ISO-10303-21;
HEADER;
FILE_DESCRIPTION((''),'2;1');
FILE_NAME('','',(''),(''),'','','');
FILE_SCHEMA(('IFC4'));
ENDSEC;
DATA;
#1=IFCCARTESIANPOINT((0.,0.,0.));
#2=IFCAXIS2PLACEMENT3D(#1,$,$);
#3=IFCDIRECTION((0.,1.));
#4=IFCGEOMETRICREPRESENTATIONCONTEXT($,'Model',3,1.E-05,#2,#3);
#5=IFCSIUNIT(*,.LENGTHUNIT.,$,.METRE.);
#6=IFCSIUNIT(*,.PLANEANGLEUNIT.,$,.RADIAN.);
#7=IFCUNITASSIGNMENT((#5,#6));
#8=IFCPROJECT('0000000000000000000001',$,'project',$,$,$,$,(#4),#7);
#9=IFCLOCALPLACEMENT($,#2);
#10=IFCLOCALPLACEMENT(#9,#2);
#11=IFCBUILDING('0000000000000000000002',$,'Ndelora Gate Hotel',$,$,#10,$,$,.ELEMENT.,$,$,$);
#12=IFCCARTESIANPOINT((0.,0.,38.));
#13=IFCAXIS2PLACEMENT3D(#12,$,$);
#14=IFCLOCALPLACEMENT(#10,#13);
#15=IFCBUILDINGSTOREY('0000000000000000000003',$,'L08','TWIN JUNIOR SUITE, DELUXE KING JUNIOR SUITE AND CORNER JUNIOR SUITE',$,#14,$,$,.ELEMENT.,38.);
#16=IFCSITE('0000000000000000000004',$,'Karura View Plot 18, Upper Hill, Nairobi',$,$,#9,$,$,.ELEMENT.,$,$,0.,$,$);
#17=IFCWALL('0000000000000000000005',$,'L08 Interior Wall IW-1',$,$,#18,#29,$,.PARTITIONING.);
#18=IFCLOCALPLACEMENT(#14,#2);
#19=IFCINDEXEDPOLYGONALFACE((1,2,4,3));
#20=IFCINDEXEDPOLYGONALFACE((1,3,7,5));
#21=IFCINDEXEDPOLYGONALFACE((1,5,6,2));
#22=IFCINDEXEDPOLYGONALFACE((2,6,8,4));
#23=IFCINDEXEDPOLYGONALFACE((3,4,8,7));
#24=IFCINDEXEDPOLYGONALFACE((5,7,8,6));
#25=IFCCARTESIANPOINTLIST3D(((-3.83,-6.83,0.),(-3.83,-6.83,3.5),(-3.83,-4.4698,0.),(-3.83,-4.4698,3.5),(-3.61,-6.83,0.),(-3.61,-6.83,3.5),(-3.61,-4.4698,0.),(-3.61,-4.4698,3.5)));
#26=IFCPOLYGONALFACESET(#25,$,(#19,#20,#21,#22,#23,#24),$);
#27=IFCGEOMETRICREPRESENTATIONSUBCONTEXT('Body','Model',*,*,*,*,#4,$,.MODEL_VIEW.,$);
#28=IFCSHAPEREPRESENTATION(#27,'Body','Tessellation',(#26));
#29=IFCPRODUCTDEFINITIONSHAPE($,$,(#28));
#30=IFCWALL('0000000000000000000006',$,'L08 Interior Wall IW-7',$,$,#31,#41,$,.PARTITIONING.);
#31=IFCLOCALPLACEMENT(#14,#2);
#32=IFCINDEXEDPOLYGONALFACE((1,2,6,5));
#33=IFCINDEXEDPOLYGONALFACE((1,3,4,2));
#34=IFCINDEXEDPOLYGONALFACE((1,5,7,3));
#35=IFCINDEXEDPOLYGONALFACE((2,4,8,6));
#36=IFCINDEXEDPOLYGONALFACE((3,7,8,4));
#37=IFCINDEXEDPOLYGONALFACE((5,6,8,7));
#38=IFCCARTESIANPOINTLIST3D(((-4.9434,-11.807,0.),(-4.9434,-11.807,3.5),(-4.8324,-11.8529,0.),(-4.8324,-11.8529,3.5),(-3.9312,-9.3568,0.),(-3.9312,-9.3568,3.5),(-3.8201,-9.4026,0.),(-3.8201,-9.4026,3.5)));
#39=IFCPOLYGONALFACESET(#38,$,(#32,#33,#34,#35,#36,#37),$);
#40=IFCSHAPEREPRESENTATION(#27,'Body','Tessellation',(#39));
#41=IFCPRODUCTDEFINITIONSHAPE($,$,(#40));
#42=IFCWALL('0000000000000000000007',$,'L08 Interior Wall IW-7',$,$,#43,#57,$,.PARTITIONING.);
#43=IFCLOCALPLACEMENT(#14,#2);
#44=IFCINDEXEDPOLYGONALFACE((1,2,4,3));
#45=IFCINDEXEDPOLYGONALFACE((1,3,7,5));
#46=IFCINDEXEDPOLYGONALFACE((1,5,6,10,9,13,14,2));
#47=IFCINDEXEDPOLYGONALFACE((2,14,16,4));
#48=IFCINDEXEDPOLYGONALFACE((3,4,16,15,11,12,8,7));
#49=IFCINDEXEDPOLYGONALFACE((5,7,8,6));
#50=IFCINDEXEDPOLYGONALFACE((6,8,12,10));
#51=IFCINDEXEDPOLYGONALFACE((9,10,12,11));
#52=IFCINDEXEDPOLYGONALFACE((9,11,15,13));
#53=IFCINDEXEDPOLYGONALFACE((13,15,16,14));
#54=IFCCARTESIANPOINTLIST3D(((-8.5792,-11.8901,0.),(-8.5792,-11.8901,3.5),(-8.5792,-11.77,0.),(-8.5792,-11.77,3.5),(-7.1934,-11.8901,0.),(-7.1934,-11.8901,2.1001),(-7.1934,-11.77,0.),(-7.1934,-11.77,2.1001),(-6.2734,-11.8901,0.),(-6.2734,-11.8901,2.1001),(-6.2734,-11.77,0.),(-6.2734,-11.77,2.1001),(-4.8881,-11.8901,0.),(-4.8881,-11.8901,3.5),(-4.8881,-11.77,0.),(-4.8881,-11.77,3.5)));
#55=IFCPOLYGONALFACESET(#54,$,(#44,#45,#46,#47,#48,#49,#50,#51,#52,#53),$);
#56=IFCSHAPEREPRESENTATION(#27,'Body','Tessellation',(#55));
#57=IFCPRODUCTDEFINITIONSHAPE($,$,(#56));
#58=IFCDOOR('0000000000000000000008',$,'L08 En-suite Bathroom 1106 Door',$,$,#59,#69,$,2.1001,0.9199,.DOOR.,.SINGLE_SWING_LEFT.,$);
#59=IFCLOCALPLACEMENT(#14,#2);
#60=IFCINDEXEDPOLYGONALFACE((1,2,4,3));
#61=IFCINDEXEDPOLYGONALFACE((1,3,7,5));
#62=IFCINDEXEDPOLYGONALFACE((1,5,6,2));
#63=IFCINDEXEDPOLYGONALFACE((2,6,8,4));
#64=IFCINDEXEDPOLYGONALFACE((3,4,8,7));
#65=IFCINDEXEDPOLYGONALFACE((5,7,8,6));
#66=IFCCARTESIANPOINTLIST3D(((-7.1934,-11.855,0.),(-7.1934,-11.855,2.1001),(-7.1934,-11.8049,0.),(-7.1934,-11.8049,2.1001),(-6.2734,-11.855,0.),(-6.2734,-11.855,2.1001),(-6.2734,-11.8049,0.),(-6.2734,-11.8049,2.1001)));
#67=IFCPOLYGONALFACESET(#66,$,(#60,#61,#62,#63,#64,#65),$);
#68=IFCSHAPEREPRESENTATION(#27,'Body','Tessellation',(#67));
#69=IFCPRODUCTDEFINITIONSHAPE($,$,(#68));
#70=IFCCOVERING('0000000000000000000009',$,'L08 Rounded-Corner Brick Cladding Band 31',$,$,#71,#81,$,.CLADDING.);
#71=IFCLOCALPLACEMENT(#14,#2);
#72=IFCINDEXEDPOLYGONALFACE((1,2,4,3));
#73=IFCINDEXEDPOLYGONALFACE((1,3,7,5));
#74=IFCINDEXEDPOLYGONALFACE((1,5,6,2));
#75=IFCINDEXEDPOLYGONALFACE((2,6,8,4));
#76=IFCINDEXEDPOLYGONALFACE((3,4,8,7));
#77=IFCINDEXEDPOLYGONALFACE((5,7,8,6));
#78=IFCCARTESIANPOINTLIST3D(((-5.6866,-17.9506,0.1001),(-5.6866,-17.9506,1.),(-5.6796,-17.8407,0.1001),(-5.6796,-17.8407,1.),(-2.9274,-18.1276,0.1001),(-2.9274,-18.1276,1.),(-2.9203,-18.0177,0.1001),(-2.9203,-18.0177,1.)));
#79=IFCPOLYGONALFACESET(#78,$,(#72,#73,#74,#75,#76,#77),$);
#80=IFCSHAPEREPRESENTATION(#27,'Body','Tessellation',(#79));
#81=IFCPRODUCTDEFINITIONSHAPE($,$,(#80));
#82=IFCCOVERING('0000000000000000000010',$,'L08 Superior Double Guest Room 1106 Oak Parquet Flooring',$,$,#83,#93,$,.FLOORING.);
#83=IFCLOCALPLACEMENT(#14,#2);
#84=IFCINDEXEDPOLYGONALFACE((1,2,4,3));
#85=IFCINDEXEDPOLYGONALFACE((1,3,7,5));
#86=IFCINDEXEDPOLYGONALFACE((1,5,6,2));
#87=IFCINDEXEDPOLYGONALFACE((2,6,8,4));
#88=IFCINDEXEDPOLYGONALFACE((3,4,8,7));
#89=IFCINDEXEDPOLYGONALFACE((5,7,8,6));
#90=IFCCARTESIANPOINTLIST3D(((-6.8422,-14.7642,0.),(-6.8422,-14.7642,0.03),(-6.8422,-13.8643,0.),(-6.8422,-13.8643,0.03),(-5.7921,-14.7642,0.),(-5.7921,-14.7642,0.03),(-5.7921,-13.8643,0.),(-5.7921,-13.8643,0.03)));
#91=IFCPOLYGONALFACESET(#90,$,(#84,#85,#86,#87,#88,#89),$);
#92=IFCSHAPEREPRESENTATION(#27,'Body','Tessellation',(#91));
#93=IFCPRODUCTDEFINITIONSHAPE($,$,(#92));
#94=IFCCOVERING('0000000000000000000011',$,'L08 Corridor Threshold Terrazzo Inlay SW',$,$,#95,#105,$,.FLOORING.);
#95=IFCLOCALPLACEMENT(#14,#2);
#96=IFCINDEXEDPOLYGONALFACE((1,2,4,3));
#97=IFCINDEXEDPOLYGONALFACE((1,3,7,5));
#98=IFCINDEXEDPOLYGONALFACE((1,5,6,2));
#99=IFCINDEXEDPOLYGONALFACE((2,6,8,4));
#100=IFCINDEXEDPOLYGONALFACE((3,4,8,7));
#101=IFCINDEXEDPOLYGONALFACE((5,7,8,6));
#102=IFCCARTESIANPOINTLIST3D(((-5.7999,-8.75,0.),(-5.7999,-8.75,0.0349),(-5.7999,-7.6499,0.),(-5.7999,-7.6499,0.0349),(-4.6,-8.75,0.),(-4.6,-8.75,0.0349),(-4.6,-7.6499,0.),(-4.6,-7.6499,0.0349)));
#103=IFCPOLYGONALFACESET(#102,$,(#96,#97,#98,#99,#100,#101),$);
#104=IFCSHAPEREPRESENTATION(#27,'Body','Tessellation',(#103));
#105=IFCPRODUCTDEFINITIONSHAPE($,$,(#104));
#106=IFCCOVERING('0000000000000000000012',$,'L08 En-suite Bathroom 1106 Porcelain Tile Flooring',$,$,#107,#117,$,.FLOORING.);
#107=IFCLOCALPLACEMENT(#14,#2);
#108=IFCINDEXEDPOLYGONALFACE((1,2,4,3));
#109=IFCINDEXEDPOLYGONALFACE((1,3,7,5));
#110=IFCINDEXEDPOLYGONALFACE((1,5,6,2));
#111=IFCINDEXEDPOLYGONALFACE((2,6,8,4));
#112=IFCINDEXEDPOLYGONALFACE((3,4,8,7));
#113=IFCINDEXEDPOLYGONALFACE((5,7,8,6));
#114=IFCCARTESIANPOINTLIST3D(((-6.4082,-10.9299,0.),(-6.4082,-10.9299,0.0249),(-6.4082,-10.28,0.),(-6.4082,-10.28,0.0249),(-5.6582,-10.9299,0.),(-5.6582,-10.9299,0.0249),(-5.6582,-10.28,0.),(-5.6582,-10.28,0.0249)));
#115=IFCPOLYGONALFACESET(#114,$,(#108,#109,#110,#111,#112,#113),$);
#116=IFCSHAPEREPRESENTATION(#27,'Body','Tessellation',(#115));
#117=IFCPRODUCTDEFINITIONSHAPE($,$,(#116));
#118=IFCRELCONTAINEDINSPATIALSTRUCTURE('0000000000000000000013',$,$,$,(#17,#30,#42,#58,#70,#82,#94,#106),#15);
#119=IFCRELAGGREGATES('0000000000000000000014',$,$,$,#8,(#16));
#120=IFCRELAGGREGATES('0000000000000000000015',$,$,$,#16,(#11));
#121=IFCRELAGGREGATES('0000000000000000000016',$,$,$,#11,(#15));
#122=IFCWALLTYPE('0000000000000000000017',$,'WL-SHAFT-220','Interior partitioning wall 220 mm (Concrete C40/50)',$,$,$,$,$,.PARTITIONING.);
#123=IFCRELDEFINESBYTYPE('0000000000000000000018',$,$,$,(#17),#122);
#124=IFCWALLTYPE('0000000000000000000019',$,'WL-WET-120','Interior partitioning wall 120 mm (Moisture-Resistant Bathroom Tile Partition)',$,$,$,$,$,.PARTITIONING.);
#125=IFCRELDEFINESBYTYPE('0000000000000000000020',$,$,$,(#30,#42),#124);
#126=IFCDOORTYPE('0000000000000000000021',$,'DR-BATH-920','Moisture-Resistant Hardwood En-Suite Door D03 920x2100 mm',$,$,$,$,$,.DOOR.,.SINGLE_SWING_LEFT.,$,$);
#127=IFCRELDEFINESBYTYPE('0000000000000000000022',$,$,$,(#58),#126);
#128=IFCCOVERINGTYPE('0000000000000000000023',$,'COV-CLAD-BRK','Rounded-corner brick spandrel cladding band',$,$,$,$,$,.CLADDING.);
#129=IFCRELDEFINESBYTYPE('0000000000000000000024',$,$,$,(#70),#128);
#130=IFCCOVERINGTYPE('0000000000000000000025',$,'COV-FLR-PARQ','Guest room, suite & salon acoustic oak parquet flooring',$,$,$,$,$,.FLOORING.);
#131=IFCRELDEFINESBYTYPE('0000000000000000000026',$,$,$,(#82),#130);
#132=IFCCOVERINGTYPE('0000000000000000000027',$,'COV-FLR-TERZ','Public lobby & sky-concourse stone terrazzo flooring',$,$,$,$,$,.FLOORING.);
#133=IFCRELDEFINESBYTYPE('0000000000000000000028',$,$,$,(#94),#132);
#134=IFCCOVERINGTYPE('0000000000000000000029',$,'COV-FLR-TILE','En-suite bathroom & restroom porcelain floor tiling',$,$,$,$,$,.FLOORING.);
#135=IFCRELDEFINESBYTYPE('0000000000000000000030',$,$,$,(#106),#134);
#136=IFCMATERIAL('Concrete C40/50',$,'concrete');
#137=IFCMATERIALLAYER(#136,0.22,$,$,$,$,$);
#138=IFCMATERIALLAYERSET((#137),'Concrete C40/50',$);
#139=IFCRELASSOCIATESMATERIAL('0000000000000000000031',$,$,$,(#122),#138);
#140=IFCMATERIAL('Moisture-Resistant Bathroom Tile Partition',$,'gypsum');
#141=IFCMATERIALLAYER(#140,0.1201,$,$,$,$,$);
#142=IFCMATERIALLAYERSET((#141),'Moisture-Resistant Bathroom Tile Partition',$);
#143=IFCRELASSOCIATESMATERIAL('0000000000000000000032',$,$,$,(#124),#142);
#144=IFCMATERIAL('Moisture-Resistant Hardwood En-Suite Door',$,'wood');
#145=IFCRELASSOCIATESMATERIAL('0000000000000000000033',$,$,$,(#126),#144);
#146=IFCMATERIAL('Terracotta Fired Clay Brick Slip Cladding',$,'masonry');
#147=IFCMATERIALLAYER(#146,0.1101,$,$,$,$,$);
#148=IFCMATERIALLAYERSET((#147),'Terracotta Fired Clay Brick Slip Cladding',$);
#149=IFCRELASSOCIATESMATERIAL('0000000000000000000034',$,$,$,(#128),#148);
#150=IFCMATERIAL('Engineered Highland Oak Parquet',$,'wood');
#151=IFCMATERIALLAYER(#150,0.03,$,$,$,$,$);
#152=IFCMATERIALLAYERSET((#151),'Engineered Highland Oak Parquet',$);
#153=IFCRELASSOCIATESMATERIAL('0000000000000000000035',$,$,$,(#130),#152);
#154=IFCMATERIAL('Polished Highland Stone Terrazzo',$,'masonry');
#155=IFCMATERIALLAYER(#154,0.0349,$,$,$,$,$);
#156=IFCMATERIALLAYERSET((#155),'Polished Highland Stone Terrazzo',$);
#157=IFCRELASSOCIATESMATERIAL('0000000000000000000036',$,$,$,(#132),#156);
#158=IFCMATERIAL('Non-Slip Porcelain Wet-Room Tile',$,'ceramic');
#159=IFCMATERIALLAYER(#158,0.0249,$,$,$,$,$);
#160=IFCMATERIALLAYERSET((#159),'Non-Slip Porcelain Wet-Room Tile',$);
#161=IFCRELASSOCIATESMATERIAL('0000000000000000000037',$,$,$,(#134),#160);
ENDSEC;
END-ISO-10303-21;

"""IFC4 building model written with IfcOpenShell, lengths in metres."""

from ifc_helpers import new_model, si_unit, direction, frame, frame_2d, origin, origin_2d, place, context, subcontext, project, spatial, rectangle, extrude, material, layer, layer_set, type_object, element, fill, save


model = new_model("IFC4")

# Units and contexts
model_context = context("Model", 3, precision=1e-05, world=origin(), true_north=direction((0.0, 1.0)))
body_context = subcontext(model_context, "Body", "Model", "MODEL_VIEW")
ifc_project = project(units=[si_unit("LENGTHUNIT", "METRE"), si_unit("PLANEANGLEUNIT", "RADIAN")], contexts=[model_context])

# Site, building, storey
site_placement = place(None, origin())
site = spatial("IfcSite", under=ifc_project, at=site_placement, Name="Karura View Plot 18, Upper Hill, Nairobi", CompositionType="ELEMENT", RefElevation=0.0)
building_placement = place(site_placement, origin())
building = spatial("IfcBuilding", under=site, at=building_placement, Name="Ndelora Gate Hotel", CompositionType="ELEMENT")
storey_placement = place(building_placement, frame((0.0, 0.0, 38.0)))
storey = spatial("IfcBuildingStorey", under=building, at=storey_placement, Name="L08", Description="TWIN JUNIOR SUITE, DELUXE KING JUNIOR SUITE AND CORNER JUNIOR SUITE", CompositionType="ELEMENT", Elevation=38.0)

# Shared definitions
ifc_material_1 = material(Name="Concrete C40/50", Category="concrete")

# Shared definitions
ifc_layer_1 = layer(ifc_material_1, 0.22)
ifc_layer_set_1 = layer_set([ifc_layer_1], Name="Concrete C40/50")
wall_type_1 = type_object("IfcWallType", Name="WL-SHAFT-220", Description="Interior partitioning wall 220 mm (Concrete C40/50)", PredefinedType="PARTITIONING", material=ifc_layer_set_1)

# Wall
wall_1_placement = place(storey_placement, frame((-3.72, -6.8301, 0.0), z_axis=(0.0, 0.0, 1.0), x_axis=(0.0, 1.0, 0.0)))
element("IfcWall", 1, at=wall_1_placement, inside=storey, type_object=wall_type_1, Name="L08 Interior Wall IW-1", PredefinedType="PARTITIONING", context=body_context, shape_type="SweptSolid", body=[
    extrude(rectangle(XDim=2.3601, YDim=0.22, at=frame_2d((1.1802, 0.0))), origin(), (0.0, 0.0, 1.0), 3.5),
])

# Wall
ifc_material_2 = material(Name="Moisture-Resistant Bathroom Tile Partition", Category="gypsum")
ifc_layer_2 = layer(ifc_material_2, 0.1201)
ifc_layer_set_2 = layer_set([ifc_layer_2], Name="Moisture-Resistant Bathroom Tile Partition")
wall_type_2 = type_object("IfcWallType", Name="WL-WET-120", Description="Interior partitioning wall 120 mm (Moisture-Resistant Bathroom Tile Partition)", PredefinedType="PARTITIONING", material=ifc_layer_set_2)
wall_2_placement = place(storey_placement, frame((-4.8879, -11.8301, 0.0), z_axis=(0.0, 0.0, 1.0), x_axis=(0.381815, 0.924239, 0.0)))
element("IfcWall", 2, at=wall_2_placement, inside=storey, type_object=wall_type_2, Name="L08 Interior Wall IW-7", PredefinedType="PARTITIONING", context=body_context, shape_type="SweptSolid", body=[
    extrude(rectangle(XDim=2.6511, YDim=0.1201, at=frame_2d((1.3257, 0.0))), origin(), (0.0, 0.0, 1.0), 3.5),
])

# Wall, opening, door
wall_3_placement = place(storey_placement, frame((-4.8879, -11.8301, 0.0), z_axis=(0.0, 0.0, 1.0), x_axis=(-1.0, 0.0, 0.0)))
wall_3 = element("IfcWall", 3, at=wall_3_placement, inside=storey, type_object=wall_type_2, Name="L08 Interior Wall IW-7", PredefinedType="PARTITIONING", context=body_context, shape_type="SweptSolid", body=[
    extrude(rectangle(XDim=3.6912, YDim=0.1201, at=frame_2d((1.8457, 0.0))), origin(), (0.0, 0.0, 1.0), 3.5),
])
opening_1_placement = place(wall_3_placement, frame((1.3855, 0.0, 0.0)))
opening_1 = element("IfcOpeningElement", 4, at=opening_1_placement, cuts=wall_3, PredefinedType="OPENING", context=body_context, shape_type="SweptSolid", body=[
    extrude(rectangle(XDim=0.9199, YDim=2.1001, at=frame_2d((0.46, 1.05))), frame((0.0, 0.0701, 0.0), z_axis=(0.0, -1.0, 0.0), x_axis=(1.0, 0.0, 0.0)), (0.0, 0.0, 1.0), 0.1401),
])
ifc_material_3 = material(Name="Moisture-Resistant Hardwood En-Suite Door", Category="wood")
door_type_1 = type_object("IfcDoorType", Name="DR-BATH-920", Description="Moisture-Resistant Hardwood En-Suite Door D03 920x2100 mm", OperationType="SINGLE_SWING_LEFT", PredefinedType="DOOR", material=ifc_material_3)
door_1_placement = place(opening_1_placement, origin())
door_1 = element("IfcDoor", 5, at=door_1_placement, inside=storey, type_object=door_type_1, Name="L08 En-suite Bathroom 1106 Door", OperationType="SINGLE_SWING_LEFT", OverallHeight=2.1001, OverallWidth=0.9199, PredefinedType="DOOR", context=body_context, shape_type="SweptSolid", body=[
    extrude(rectangle(XDim=0.9199, YDim=2.1001, at=frame_2d((0.46, 1.05))), frame((0.0, 0.0249, 0.0), z_axis=(0.0, -1.0, 0.0), x_axis=(1.0, 0.0, 0.0)), (0.0, 0.0, 1.0), 0.05),
])
fill(opening_1, door_1)

# Coverings
ifc_material_4 = material(Name="Terracotta Fired Clay Brick Slip Cladding", Category="masonry")
ifc_layer_3 = layer(ifc_material_4, 0.1101)
ifc_layer_set_3 = layer_set([ifc_layer_3], Name="Terracotta Fired Clay Brick Slip Cladding")
covering_type_1 = type_object("IfcCoveringType", Name="COV-CLAD-BRK", Description="Rounded-corner brick spandrel cladding band", PredefinedType="CLADDING", material=ifc_layer_set_3)
covering_1_placement = place(storey_placement, frame((-4.3035, -17.9841, 0.1001), z_axis=(0.0, 0.0, 1.0), x_axis=(-0.997949, 0.06401, 0.0)))
element("IfcCovering", 6, at=covering_1_placement, inside=storey, type_object=covering_type_1, Name="L08 Rounded-Corner Brick Cladding Band 31", PredefinedType="CLADDING", context=body_context, shape_type="SweptSolid", body=[
    extrude(rectangle(XDim=2.7649, YDim=0.1101, at=origin_2d()), origin(), (0.0, 0.0, 1.0), 0.8999),
])
ifc_material_5 = material(Name="Engineered Highland Oak Parquet", Category="wood")
ifc_layer_4 = layer(ifc_material_5, 0.03)
ifc_layer_set_4 = layer_set([ifc_layer_4], Name="Engineered Highland Oak Parquet")
covering_type_2 = type_object("IfcCoveringType", Name="COV-FLR-PARQ", Description="Guest room, suite & salon acoustic oak parquet flooring", PredefinedType="FLOORING", material=ifc_layer_set_4)
covering_2_placement = place(storey_placement, frame((-6.3171, -14.3142, 0.0), z_axis=(0.0, 0.0, 1.0), x_axis=(1.0, 0.0, 0.0)))
element("IfcCovering", 7, at=covering_2_placement, inside=storey, type_object=covering_type_2, Name="L08 Superior Double Guest Room 1106 Oak Parquet Flooring", PredefinedType="FLOORING", context=body_context, shape_type="SweptSolid", body=[
    extrude(rectangle(XDim=1.05, YDim=0.8999, at=origin_2d()), origin(), (0.0, 0.0, 1.0), 0.03),
])
ifc_material_6 = material(Name="Polished Highland Stone Terrazzo", Category="masonry")
ifc_layer_5 = layer(ifc_material_6, 0.0349)
ifc_layer_set_5 = layer_set([ifc_layer_5], Name="Polished Highland Stone Terrazzo")
covering_type_3 = type_object("IfcCoveringType", Name="COV-FLR-TERZ", Description="Public lobby & sky-concourse stone terrazzo flooring", PredefinedType="FLOORING", material=ifc_layer_set_5)
covering_3_placement = place(storey_placement, frame((-5.2, -8.2, 0.0), z_axis=(0.0, 0.0, 1.0), x_axis=(1.0, 0.0, 0.0)))
element("IfcCovering", 8, at=covering_3_placement, inside=storey, type_object=covering_type_3, Name="L08 Corridor Threshold Terrazzo Inlay SW", PredefinedType="FLOORING", context=body_context, shape_type="SweptSolid", body=[
    extrude(rectangle(XDim=1.2, YDim=1.1001, at=origin_2d()), origin(), (0.0, 0.0, 1.0), 0.0349),
])
ifc_material_7 = material(Name="Non-Slip Porcelain Wet-Room Tile", Category="ceramic")
ifc_layer_6 = layer(ifc_material_7, 0.0249)
ifc_layer_set_6 = layer_set([ifc_layer_6], Name="Non-Slip Porcelain Wet-Room Tile")
covering_type_4 = type_object("IfcCoveringType", Name="COV-FLR-TILE", Description="En-suite bathroom & restroom porcelain floor tiling", PredefinedType="FLOORING", material=ifc_layer_set_6)
covering_4_placement = place(storey_placement, frame((-6.0332, -10.605, 0.0), z_axis=(0.0, 0.0, 1.0), x_axis=(1.0, 0.0, 0.0)))
element("IfcCovering", 9, at=covering_4_placement, inside=storey, type_object=covering_type_4, Name="L08 En-suite Bathroom 1106 Porcelain Tile Flooring", PredefinedType="FLOORING", context=body_context, shape_type="SweptSolid", body=[
    extrude(rectangle(XDim=0.75, YDim=0.6499, at=origin_2d()), origin(), (0.0, 0.0, 1.0), 0.0249),
])

save(model, "model.ifc")
